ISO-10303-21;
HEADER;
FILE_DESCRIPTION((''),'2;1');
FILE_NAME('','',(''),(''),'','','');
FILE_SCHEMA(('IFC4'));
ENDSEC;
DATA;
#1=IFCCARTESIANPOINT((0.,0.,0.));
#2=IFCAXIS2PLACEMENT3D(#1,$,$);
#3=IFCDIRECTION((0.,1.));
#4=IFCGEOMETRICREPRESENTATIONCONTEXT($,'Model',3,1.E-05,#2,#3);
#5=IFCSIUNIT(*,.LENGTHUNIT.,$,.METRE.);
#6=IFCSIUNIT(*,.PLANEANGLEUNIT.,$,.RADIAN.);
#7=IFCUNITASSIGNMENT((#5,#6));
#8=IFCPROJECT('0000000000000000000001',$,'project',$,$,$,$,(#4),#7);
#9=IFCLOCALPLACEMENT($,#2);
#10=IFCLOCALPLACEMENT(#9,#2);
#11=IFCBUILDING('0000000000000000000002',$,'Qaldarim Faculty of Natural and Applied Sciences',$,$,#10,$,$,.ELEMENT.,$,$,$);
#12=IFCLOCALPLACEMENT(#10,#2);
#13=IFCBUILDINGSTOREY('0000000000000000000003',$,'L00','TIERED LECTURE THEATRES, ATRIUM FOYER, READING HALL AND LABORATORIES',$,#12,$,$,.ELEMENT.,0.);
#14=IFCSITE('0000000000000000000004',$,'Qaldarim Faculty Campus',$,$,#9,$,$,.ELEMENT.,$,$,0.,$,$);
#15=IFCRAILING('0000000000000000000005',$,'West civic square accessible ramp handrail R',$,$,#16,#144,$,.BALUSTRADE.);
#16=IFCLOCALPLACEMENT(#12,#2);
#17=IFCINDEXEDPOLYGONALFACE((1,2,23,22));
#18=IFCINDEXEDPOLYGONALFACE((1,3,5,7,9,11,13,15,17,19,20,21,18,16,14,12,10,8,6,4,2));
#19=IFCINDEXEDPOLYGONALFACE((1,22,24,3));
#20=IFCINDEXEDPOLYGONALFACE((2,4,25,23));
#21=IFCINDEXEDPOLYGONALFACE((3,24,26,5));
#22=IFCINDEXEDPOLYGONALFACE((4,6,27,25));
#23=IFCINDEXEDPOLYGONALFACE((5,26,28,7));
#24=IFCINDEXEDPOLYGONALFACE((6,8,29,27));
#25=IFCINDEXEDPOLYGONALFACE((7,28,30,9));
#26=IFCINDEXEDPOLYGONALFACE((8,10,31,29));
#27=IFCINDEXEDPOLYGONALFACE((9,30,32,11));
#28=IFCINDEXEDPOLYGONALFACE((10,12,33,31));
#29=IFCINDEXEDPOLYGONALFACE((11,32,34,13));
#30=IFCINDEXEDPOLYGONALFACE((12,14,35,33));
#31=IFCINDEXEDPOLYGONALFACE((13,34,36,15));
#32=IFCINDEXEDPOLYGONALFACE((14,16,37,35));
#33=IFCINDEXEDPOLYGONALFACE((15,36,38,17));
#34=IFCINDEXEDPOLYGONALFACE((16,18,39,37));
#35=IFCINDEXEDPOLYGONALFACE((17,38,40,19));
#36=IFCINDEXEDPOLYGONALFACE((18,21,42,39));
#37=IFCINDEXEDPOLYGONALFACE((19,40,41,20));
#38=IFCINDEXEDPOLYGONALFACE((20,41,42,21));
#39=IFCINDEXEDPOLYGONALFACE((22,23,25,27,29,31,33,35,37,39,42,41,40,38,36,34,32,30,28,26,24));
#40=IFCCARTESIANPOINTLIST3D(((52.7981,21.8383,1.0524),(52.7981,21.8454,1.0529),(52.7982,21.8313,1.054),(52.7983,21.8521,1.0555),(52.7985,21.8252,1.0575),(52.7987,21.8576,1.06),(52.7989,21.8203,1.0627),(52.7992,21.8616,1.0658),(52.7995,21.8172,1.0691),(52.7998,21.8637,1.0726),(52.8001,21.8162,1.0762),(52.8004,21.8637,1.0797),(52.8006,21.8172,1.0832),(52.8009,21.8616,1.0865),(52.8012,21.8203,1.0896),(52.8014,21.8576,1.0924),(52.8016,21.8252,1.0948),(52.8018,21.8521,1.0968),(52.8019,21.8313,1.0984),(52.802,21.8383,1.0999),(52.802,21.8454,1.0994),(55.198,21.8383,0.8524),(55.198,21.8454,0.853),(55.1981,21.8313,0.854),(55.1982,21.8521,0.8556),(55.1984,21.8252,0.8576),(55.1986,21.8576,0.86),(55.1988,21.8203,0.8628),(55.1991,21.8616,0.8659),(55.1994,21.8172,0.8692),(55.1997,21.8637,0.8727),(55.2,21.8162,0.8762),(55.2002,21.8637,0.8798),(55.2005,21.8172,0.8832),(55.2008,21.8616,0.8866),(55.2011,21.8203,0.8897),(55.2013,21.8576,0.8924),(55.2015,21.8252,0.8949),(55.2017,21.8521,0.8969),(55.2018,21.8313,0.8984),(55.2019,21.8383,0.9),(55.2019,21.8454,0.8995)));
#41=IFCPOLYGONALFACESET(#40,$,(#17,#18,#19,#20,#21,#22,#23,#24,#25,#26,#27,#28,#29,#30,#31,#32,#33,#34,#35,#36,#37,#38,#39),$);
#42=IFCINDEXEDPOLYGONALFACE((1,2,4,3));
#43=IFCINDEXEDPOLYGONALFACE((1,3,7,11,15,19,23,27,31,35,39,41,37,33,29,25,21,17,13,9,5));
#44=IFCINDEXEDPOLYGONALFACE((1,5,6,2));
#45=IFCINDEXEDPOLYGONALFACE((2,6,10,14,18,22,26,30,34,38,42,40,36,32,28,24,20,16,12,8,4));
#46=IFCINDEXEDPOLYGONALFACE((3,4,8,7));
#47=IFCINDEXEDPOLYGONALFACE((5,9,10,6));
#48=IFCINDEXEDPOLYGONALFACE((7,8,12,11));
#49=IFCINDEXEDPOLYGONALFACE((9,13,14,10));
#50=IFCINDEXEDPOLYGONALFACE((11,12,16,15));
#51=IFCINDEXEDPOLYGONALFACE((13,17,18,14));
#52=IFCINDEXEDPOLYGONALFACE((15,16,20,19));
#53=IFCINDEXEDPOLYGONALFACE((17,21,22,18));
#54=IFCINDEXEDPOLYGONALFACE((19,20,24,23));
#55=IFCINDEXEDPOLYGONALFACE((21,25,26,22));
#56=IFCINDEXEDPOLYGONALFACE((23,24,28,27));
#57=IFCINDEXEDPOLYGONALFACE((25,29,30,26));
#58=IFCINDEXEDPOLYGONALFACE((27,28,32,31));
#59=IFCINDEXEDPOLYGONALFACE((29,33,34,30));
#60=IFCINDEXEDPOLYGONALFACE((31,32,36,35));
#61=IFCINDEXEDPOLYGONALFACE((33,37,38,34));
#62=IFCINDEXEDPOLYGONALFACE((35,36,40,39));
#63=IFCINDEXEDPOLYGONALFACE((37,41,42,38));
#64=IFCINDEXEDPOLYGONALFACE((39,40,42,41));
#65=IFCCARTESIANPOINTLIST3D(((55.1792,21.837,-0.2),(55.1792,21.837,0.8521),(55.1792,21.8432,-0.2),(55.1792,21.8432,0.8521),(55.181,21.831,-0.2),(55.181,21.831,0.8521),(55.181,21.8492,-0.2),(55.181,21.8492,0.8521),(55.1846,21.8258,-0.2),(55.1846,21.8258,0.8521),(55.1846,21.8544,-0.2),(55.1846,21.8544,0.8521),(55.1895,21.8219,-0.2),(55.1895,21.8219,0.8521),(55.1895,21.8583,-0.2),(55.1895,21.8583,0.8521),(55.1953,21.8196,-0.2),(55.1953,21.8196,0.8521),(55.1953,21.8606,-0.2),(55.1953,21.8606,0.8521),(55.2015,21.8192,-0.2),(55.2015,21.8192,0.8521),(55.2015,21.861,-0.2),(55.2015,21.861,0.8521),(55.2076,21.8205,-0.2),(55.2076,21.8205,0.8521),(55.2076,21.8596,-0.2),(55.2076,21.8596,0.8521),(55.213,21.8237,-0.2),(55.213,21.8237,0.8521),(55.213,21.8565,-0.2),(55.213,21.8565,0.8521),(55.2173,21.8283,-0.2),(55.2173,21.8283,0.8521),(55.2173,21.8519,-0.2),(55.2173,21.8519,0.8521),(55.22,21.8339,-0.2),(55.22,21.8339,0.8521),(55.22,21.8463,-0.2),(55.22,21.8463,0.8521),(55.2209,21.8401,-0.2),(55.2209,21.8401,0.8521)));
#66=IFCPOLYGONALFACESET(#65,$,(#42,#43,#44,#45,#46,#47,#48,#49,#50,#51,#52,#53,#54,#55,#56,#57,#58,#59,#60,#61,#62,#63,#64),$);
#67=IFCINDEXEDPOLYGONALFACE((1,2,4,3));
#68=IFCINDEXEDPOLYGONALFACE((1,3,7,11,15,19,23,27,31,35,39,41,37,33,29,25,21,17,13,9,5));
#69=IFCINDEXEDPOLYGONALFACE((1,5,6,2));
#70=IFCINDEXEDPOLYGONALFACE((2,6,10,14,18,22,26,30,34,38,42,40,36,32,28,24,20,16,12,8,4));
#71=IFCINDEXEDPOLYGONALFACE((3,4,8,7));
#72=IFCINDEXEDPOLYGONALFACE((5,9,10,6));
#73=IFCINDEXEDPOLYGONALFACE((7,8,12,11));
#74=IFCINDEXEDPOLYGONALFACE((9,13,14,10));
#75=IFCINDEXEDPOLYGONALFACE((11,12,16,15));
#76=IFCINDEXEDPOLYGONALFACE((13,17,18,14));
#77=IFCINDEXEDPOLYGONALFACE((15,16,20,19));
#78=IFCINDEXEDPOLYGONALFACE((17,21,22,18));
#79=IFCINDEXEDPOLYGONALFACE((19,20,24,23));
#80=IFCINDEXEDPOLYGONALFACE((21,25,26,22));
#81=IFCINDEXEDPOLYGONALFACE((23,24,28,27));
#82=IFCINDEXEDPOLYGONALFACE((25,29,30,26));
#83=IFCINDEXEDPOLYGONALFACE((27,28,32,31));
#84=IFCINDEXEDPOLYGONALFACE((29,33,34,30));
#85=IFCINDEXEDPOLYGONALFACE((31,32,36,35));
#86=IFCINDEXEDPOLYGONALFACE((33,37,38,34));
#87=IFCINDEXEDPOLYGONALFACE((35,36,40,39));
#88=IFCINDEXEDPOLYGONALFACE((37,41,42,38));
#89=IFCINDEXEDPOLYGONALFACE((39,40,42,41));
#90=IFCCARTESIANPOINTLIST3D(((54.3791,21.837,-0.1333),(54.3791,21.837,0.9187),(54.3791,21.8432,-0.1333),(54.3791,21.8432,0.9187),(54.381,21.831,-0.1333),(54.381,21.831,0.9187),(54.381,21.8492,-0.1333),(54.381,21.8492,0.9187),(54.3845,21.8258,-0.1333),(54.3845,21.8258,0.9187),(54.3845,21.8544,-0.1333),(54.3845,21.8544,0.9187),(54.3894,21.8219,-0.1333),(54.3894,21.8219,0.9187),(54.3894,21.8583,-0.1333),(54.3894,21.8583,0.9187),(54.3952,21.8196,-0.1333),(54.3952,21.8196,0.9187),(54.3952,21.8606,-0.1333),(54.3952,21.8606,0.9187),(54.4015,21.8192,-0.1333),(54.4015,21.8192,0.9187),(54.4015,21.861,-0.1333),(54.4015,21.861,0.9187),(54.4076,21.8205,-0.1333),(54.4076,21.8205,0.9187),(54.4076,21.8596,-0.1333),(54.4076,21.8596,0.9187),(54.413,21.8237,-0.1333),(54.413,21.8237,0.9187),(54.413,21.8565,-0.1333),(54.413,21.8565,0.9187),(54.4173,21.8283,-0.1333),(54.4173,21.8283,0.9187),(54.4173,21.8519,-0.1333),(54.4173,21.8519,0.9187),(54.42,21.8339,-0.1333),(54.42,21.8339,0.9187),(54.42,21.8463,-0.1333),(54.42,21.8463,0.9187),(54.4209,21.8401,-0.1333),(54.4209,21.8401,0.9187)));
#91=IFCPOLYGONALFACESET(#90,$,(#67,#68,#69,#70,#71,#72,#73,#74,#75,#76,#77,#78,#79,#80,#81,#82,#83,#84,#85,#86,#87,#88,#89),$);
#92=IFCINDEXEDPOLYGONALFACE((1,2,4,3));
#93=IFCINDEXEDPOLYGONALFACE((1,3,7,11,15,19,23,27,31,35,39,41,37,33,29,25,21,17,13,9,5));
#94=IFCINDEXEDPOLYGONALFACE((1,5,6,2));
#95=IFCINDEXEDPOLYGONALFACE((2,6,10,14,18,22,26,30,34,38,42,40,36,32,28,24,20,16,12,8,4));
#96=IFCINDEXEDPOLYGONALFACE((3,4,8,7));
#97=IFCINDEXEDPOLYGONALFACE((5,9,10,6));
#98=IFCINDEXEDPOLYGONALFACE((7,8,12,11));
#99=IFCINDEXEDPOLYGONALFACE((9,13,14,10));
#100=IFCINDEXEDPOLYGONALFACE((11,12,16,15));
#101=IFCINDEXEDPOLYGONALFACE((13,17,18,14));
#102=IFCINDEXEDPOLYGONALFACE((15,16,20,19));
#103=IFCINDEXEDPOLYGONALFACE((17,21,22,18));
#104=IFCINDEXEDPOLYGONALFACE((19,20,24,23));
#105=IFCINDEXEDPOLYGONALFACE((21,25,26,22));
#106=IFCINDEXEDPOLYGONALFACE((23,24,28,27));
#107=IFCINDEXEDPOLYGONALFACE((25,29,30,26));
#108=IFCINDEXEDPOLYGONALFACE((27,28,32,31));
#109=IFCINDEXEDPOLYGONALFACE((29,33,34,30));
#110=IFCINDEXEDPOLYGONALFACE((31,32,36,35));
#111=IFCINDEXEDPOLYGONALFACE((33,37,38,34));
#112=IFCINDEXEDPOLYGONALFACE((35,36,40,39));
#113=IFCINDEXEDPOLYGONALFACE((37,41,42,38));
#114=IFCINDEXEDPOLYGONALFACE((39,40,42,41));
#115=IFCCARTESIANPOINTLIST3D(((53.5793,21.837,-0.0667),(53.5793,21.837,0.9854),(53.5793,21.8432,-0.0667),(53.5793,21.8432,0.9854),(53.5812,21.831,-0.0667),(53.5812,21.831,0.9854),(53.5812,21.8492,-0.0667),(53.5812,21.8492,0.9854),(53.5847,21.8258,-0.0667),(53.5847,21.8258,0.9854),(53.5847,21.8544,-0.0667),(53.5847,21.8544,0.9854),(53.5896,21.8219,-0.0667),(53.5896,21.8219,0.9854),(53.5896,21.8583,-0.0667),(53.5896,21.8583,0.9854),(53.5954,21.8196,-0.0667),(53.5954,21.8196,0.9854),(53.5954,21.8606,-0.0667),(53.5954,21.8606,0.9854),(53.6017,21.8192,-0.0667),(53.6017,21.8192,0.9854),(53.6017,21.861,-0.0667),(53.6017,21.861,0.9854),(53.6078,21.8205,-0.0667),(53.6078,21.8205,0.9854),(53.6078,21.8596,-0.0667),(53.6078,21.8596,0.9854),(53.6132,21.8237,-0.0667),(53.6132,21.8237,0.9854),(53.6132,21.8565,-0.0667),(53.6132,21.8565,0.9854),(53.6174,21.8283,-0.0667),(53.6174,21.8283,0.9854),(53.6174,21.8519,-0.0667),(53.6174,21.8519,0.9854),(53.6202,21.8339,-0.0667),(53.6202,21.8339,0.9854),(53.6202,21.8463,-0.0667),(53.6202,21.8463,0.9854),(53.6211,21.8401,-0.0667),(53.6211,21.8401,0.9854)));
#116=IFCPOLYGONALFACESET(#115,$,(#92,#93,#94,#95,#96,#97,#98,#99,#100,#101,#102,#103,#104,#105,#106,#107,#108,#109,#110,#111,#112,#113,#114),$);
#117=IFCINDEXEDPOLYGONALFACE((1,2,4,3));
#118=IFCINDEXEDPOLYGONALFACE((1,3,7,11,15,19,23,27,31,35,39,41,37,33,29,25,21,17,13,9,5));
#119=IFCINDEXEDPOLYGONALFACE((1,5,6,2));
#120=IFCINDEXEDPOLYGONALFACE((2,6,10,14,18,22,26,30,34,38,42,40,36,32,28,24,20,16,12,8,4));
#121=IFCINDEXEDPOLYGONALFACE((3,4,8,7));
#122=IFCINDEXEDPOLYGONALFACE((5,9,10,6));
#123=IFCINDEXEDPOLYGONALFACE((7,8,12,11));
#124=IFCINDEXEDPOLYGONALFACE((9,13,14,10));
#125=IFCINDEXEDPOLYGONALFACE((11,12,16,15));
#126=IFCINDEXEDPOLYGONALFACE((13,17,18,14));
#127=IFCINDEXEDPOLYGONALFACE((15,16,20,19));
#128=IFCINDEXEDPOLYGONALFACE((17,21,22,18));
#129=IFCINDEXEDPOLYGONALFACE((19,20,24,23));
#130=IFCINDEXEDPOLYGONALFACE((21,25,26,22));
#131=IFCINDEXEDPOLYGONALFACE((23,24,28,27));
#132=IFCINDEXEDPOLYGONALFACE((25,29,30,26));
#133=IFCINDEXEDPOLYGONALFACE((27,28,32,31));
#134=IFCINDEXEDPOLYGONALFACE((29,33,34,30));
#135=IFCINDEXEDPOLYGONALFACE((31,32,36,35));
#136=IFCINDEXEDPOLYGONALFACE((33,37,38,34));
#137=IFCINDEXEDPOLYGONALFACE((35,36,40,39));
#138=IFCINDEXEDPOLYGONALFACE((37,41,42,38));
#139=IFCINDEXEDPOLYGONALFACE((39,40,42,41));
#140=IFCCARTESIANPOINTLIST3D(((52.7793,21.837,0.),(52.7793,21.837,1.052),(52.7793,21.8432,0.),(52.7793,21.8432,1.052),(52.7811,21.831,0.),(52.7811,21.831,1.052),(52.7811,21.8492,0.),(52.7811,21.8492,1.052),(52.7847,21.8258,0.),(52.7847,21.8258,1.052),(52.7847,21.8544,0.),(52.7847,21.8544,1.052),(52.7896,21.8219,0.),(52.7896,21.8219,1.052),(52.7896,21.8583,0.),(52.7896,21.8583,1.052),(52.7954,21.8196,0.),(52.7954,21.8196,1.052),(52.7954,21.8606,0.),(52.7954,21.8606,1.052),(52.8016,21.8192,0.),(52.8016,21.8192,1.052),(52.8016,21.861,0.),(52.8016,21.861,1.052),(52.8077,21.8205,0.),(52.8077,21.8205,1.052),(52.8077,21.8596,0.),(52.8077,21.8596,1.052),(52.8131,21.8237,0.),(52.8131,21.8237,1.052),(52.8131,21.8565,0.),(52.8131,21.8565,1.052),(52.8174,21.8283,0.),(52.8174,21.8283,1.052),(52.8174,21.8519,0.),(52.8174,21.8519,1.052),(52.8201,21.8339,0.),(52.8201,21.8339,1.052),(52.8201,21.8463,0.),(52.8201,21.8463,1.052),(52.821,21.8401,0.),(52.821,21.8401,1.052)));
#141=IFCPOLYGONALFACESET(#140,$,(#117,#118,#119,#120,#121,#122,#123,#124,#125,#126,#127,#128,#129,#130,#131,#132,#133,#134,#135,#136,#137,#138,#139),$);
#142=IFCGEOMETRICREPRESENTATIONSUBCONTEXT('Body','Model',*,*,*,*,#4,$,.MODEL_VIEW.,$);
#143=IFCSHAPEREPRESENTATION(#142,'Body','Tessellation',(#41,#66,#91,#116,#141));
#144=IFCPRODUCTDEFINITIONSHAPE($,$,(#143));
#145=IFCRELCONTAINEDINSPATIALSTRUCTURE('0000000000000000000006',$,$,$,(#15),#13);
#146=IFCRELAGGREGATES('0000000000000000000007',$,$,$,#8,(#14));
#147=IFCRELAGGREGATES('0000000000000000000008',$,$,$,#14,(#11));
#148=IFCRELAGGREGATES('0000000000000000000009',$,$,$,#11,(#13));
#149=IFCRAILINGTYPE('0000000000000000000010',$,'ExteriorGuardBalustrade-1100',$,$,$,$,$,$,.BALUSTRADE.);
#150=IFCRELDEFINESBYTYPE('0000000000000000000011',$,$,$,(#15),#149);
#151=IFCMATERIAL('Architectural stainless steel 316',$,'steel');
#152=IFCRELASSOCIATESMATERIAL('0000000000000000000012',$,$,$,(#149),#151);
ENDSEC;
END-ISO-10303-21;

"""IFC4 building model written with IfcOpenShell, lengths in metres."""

from ifc_helpers import new_model, si_unit, direction, frame, origin, origin_2d, place, context, subcontext, project, spatial, circle, extrude, material, type_object, element, save


model = new_model("IFC4")

# Units and contexts
model_context = context("Model", 3, precision=1e-05, world=origin(), true_north=direction((0.0, 1.0)))
body_context = subcontext(model_context, "Body", "Model", "MODEL_VIEW")
ifc_project = project(units=[si_unit("LENGTHUNIT", "METRE"), si_unit("PLANEANGLEUNIT", "RADIAN")], contexts=[model_context])

# Site, building, storey
site_placement = place(None, origin())
site = spatial("IfcSite", under=ifc_project, at=site_placement, Name="Qaldarim Faculty Campus", CompositionType="ELEMENT", RefElevation=0.0)
building_placement = place(site_placement, origin())
building = spatial("IfcBuilding", under=site, at=building_placement, Name="Qaldarim Faculty of Natural and Applied Sciences", CompositionType="ELEMENT")
storey_placement = place(building_placement, origin())
storey = spatial("IfcBuildingStorey", under=building, at=storey_placement, Name="L00", Description="TIERED LECTURE THEATRES, ATRIUM FOYER, READING HALL AND LABORATORIES", CompositionType="ELEMENT", Elevation=0.0)

# Railing
ifc_material_1 = material(Name="Architectural stainless steel 316", Category="steel")
railing_type = type_object("IfcRailingType", Name="ExteriorGuardBalustrade-1100", PredefinedType="BALUSTRADE", material=ifc_material_1)
for number, where, name in (
    (1, (55.2, 21.8401, -0.2), "West civic square accessible ramp handrail R"),
):
    element("IfcRailing", number, at=place(storey_placement, frame(where)), inside=storey, type_object=railing_type, Name=name, PredefinedType="BALUSTRADE", context=body_context, shape_type="SweptSolid", body=[
        extrude(circle(Radius=0.0239, at=origin_2d()), frame((0.0, 0.0, 1.0762), z_axis=(-0.996547, 0.0, 0.083029), x_axis=(0.0, -1.0, 0.0)), (0.0, 0.0, 1.0), 2.4082),
        extrude(circle(Radius=0.021, at=origin_2d()), origin(), (0.0, 0.0, 1.0), 1.052),
        extrude(circle(Radius=0.021, at=origin_2d()), frame((-0.8, 0.0, 0.0667)), (0.0, 0.0, 1.0), 1.052),
        extrude(circle(Radius=0.021, at=origin_2d()), frame((-1.5999, 0.0, 0.1333)), (0.0, 0.0, 1.0), 1.052),
        extrude(circle(Radius=0.021, at=origin_2d()), frame((-2.3999, 0.0, 0.2)), (0.0, 0.0, 1.0), 1.052),
    ])

save(model, "model.ifc")
